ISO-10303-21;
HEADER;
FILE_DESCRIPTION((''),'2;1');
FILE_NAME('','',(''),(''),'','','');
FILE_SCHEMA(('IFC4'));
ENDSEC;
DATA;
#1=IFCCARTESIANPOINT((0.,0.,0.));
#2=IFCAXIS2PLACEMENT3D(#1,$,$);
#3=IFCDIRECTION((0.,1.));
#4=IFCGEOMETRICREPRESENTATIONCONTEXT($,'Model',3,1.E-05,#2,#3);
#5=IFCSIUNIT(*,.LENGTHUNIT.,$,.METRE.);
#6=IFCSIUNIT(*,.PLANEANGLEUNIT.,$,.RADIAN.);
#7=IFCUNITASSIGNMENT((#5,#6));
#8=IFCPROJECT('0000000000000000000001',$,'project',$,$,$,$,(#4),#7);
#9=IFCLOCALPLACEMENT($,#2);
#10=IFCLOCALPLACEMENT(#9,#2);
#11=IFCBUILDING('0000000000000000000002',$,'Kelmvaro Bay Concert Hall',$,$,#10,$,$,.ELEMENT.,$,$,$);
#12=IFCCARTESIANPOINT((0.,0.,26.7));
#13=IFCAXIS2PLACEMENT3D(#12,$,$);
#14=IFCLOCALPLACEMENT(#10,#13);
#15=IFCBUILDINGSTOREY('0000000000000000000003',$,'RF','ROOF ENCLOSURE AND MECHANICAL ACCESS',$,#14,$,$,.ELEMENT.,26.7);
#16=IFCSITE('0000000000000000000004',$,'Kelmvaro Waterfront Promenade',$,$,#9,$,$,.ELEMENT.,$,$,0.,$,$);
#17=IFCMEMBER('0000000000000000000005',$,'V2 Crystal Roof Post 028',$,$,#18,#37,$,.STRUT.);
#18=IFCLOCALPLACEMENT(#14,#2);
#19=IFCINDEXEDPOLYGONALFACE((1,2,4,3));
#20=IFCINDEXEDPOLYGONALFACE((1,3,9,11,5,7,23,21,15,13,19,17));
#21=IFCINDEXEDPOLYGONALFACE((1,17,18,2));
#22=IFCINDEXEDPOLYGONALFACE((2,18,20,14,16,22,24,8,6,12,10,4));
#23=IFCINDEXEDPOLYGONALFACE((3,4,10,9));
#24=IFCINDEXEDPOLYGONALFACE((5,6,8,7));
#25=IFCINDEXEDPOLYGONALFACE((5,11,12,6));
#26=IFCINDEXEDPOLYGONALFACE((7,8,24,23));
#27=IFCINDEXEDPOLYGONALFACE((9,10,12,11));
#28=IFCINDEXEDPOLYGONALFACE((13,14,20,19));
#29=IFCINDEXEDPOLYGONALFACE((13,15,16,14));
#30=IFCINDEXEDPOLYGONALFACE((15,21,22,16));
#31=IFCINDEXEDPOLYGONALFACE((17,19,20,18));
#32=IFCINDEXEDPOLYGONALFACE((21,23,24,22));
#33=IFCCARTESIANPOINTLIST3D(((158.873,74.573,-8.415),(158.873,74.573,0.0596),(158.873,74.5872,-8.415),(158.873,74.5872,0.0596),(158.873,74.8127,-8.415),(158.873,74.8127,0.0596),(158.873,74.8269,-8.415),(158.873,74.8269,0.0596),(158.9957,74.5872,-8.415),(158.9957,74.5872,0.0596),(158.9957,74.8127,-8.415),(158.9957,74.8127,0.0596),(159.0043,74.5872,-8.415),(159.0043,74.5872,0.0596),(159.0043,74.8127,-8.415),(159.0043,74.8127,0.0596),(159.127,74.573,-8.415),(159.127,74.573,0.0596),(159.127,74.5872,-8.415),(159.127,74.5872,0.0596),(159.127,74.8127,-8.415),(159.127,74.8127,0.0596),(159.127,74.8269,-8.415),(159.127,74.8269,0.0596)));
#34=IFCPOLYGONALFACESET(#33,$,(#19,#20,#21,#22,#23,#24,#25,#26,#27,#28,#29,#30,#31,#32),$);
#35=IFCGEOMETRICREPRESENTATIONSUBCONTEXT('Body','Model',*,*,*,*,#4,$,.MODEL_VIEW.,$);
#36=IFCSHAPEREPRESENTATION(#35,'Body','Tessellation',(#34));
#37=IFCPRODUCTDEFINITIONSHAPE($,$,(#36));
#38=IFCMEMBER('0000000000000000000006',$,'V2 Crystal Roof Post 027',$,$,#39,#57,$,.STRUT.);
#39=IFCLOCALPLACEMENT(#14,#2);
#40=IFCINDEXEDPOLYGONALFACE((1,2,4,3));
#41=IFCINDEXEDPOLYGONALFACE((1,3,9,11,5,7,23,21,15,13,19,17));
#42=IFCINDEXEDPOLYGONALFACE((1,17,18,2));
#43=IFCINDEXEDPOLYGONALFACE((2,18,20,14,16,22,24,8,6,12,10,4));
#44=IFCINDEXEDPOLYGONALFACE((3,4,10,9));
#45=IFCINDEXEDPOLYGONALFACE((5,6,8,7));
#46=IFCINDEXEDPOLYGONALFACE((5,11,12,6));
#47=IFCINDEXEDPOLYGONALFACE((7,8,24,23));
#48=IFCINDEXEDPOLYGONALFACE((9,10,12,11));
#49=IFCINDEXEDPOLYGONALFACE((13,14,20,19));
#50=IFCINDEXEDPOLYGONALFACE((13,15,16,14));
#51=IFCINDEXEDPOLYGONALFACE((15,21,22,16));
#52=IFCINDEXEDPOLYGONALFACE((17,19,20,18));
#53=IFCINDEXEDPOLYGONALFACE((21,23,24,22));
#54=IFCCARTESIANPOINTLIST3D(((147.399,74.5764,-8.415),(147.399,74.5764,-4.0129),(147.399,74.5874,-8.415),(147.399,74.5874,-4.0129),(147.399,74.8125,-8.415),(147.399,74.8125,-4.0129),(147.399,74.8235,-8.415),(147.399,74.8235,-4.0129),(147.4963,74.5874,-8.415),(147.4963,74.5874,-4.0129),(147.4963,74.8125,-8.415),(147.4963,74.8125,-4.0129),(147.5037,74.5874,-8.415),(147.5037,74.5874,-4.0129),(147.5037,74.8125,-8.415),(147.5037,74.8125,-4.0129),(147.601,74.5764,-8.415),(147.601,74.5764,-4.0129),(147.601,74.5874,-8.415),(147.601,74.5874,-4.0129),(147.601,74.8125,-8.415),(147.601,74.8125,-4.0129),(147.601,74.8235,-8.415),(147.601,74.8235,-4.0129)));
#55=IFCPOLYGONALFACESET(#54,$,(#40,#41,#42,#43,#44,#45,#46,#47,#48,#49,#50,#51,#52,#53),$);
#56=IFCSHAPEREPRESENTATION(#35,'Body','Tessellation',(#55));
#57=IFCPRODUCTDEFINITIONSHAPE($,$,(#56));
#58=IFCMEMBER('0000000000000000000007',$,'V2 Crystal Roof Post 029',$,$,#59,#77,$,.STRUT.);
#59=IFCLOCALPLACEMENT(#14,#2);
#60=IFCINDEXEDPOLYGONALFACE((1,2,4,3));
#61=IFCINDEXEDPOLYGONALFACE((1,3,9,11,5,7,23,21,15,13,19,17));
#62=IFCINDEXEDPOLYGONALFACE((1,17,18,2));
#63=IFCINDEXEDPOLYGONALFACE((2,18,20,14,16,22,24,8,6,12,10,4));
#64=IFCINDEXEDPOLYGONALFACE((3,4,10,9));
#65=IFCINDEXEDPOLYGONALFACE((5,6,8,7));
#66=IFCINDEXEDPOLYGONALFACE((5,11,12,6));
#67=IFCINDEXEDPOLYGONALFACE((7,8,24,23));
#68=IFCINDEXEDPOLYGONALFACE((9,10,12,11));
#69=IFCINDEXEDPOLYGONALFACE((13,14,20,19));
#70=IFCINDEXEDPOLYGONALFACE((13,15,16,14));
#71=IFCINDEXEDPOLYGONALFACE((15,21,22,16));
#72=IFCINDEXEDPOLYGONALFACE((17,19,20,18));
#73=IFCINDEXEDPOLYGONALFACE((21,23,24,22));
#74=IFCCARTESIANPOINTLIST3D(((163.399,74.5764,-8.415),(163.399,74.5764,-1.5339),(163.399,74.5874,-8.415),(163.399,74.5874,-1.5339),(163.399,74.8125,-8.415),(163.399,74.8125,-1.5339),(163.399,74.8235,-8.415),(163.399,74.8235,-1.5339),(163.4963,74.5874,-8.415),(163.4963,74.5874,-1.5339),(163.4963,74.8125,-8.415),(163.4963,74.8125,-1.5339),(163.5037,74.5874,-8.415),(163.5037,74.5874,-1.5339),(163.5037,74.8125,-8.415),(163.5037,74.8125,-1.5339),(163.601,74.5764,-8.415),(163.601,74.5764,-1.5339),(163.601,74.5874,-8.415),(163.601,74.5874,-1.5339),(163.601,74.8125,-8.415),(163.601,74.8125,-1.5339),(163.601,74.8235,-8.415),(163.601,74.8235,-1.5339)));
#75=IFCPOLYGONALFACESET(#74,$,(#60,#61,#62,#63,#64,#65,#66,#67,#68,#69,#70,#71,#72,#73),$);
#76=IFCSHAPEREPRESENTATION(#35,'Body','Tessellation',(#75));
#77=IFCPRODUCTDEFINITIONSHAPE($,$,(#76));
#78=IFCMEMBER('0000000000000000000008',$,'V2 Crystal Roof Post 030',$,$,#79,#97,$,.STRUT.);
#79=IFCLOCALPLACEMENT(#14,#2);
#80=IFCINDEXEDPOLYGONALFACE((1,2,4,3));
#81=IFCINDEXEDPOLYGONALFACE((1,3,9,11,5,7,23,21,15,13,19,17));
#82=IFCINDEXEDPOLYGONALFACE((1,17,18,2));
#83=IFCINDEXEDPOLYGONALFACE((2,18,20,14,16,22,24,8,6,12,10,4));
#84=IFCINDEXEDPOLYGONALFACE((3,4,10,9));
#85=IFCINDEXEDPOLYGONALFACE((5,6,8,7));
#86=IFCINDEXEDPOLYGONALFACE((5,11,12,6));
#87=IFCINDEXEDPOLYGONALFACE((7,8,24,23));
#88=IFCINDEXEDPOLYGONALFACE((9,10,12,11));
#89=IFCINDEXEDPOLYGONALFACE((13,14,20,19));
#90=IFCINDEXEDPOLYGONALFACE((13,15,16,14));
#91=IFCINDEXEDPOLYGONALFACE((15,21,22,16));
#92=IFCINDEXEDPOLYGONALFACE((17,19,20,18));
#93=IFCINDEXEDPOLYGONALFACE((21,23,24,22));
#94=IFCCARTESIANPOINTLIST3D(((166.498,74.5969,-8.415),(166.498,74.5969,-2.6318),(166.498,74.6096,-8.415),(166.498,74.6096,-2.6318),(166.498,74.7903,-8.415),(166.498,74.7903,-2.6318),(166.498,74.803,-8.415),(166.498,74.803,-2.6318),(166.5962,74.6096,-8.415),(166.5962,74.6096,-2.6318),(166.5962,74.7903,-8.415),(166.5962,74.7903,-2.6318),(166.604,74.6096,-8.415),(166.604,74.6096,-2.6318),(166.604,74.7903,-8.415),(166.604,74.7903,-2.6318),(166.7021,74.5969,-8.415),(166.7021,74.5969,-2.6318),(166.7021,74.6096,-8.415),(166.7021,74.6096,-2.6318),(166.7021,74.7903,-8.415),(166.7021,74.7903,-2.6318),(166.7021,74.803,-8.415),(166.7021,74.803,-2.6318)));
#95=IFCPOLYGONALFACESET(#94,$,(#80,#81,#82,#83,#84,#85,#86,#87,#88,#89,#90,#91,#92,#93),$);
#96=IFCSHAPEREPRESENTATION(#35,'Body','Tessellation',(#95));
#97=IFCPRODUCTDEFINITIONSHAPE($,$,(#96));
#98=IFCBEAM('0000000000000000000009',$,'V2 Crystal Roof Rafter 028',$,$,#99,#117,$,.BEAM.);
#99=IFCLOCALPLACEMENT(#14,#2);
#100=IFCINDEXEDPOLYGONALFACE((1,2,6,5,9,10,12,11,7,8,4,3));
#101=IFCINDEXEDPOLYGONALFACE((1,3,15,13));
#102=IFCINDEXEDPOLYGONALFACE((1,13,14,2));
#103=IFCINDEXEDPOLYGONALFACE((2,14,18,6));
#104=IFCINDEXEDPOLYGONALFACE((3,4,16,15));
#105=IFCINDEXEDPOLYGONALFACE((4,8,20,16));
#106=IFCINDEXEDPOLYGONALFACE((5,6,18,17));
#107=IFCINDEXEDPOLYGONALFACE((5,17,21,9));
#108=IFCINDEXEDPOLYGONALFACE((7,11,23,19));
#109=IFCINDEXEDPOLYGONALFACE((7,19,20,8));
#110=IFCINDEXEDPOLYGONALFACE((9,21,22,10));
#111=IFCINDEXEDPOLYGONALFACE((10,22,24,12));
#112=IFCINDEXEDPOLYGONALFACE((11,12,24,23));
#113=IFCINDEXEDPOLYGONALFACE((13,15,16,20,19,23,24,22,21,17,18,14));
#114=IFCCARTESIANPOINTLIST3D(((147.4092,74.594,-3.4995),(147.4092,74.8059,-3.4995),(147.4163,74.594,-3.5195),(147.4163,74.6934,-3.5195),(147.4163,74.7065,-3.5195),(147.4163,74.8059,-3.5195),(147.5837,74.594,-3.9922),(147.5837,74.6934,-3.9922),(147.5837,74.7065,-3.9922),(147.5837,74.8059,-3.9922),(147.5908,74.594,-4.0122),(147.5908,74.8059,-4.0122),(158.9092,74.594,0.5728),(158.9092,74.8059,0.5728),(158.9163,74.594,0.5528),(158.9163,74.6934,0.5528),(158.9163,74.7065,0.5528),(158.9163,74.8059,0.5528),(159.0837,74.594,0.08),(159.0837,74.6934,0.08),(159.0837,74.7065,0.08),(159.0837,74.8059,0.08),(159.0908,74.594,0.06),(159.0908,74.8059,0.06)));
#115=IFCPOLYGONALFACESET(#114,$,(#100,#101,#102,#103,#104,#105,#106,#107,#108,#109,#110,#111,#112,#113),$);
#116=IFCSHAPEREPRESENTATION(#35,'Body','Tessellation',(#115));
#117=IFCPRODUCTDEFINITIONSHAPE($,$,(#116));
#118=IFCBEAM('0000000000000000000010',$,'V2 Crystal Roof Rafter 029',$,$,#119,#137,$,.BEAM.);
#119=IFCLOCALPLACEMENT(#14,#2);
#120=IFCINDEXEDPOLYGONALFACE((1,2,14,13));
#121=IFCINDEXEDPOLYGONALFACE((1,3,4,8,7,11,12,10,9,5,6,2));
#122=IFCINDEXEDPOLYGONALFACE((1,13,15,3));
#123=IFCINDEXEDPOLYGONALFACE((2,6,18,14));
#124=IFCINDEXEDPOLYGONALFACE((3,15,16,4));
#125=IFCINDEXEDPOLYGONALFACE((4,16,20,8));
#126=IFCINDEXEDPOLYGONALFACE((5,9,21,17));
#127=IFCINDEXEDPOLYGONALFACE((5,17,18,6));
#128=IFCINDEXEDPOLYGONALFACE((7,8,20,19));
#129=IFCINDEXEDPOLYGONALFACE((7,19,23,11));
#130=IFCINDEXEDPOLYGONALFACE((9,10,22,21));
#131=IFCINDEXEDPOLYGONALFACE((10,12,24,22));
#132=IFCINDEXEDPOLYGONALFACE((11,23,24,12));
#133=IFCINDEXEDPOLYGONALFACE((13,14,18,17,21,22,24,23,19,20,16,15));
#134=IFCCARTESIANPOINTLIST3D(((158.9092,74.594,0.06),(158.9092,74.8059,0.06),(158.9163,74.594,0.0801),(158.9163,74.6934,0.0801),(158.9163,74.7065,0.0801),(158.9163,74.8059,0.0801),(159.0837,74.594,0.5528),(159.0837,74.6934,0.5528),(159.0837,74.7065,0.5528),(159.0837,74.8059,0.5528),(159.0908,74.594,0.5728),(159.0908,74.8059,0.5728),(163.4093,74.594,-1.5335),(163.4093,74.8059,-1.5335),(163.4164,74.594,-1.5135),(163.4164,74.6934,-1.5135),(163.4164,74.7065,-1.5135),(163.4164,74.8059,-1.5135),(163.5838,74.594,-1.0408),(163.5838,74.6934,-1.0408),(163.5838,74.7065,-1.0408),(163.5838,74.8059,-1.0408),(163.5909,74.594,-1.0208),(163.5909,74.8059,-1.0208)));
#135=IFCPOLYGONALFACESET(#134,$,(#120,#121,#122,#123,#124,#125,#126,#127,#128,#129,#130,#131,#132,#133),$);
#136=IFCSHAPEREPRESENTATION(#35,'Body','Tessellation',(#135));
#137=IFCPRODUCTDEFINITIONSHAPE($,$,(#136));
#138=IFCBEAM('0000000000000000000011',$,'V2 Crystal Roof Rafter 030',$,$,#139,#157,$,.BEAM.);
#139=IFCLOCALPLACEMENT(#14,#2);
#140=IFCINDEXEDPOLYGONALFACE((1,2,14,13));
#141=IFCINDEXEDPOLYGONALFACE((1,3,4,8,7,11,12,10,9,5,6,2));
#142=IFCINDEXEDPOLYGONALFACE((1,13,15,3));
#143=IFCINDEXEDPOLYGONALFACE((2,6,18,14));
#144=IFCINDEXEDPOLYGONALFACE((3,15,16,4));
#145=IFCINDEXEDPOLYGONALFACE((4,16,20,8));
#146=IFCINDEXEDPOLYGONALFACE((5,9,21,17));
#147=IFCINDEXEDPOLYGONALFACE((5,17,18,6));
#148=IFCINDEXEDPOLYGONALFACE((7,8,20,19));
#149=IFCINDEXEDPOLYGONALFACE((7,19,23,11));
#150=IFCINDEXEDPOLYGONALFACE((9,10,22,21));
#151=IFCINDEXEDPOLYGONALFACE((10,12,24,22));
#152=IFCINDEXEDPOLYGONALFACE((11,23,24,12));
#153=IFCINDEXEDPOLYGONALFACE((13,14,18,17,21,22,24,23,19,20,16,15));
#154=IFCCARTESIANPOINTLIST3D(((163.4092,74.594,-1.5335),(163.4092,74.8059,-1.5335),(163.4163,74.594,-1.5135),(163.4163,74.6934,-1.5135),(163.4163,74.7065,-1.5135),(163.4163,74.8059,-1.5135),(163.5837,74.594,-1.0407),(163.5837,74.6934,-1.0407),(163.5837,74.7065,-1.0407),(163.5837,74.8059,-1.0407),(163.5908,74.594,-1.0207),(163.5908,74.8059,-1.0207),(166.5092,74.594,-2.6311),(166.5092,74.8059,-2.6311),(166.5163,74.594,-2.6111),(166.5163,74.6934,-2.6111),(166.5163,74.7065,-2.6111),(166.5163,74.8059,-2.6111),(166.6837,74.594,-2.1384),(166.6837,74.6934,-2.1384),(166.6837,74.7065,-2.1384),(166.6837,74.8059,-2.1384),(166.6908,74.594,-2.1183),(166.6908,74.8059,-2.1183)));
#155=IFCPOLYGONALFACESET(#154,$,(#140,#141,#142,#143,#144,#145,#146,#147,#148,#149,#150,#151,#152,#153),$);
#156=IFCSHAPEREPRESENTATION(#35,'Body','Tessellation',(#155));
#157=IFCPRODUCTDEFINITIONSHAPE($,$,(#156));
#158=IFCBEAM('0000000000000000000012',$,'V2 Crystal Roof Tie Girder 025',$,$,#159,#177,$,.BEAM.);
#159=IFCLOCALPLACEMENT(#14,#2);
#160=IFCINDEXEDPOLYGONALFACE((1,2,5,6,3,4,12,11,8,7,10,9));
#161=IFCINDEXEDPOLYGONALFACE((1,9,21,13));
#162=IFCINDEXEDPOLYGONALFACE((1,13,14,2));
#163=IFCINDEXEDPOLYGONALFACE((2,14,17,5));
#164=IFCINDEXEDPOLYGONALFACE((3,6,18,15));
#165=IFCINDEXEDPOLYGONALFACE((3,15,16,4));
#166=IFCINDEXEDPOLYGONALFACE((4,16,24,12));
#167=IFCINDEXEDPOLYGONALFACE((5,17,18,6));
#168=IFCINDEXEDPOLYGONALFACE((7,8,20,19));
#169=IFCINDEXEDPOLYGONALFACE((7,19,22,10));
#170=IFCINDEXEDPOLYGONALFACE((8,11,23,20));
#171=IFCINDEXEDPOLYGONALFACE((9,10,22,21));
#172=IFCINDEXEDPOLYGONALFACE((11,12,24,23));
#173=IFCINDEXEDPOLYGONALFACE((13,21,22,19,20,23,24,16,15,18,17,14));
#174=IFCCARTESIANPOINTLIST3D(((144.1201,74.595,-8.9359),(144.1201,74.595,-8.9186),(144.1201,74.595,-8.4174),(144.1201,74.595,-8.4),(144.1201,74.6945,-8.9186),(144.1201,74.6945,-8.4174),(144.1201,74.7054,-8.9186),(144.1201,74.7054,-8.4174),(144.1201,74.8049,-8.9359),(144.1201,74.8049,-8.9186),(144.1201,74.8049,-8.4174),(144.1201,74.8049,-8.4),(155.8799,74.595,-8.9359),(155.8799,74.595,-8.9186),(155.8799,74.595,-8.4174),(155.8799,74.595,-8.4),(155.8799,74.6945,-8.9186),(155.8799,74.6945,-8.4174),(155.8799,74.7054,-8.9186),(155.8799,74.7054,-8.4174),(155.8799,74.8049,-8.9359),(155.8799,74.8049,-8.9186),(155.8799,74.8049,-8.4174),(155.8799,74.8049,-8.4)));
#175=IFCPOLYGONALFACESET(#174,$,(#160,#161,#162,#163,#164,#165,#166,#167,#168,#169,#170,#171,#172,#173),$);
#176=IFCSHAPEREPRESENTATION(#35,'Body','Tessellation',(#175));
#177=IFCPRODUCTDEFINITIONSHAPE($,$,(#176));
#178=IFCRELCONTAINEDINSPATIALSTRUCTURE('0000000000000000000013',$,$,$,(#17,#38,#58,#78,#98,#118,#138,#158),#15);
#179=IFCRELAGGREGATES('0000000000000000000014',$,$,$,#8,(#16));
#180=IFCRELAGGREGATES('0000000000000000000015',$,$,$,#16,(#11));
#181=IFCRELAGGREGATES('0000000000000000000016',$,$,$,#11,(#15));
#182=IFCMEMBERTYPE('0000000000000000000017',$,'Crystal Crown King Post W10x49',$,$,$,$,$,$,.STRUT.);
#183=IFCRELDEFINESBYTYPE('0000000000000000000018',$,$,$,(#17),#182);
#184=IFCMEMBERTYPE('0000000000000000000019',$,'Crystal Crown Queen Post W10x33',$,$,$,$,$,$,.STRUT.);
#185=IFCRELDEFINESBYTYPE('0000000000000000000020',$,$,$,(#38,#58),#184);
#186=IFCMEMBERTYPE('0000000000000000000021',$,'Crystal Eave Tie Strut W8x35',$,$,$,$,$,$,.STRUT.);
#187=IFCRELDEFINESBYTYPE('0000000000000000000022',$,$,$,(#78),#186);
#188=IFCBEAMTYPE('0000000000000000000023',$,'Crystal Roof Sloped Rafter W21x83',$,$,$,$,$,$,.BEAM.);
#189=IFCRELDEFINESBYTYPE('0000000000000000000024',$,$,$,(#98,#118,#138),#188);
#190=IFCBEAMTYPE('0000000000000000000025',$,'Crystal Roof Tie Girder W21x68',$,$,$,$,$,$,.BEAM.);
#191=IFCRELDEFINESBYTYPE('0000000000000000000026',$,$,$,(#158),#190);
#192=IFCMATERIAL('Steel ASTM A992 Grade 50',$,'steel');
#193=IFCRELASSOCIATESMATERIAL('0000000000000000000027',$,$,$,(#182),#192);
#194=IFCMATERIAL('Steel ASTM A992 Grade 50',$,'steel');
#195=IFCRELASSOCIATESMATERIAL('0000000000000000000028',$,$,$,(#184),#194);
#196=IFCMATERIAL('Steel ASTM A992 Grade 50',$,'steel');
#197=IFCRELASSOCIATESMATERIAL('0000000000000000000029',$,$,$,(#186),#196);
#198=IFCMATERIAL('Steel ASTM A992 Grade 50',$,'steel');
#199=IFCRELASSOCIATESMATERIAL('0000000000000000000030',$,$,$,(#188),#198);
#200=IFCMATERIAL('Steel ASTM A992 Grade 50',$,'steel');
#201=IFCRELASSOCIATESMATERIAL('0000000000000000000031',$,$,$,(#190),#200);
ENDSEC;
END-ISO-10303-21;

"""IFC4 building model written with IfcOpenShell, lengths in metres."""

from ifc_helpers import new_model, si_unit, direction, frame, origin, origin_2d, place, context, subcontext, project, spatial, i_section, extrude, material, material_profile, profile_set, type_object, element, save


model = new_model("IFC4")

# Units and contexts
model_context = context("Model", 3, precision=1e-05, world=origin(), true_north=direction((0.0, 1.0)))
body_context = subcontext(model_context, "Body", "Model", "MODEL_VIEW")
ifc_project = project(units=[si_unit("LENGTHUNIT", "METRE"), si_unit("PLANEANGLEUNIT", "RADIAN")], contexts=[model_context])

# Site, building, storey
site_placement = place(None, origin())
site = spatial("IfcSite", under=ifc_project, at=site_placement, Name="Kelmvaro Waterfront Promenade", CompositionType="ELEMENT", RefElevation=0.0)
building_placement = place(site_placement, origin())
building = spatial("IfcBuilding", under=site, at=building_placement, Name="Kelmvaro Bay Concert Hall", CompositionType="ELEMENT")
storey_placement = place(building_placement, frame((0.0, 0.0, 26.7)))
storey = spatial("IfcBuildingStorey", under=building, at=storey_placement, Name="RF", Description="ROOF ENCLOSURE AND MECHANICAL ACCESS", CompositionType="ELEMENT", Elevation=26.7)

# Members
ifc_material_1 = material(Name="Steel ASTM A992 Grade 50", Category="steel")
ifc_material_profile_1 = material_profile(ifc_material_1, i_section(OverallWidth=0.2539, OverallDepth=0.2539, WebThickness=0.0085, FlangeThickness=0.0142, at=origin_2d()), Name="W10X49")
ifc_profile_set_1 = profile_set([ifc_material_profile_1], Name="Steel ASTM A992 Grade 50")
member_type_1 = type_object("IfcMemberType", Name="Crystal Crown King Post W10x49", PredefinedType="STRUT", material=ifc_profile_set_1)
member_1_placement = place(storey_placement, frame((159.0, 74.7, -8.415), z_axis=(0.0, 0.0, 1.0), x_axis=(1.0, 0.0, 0.0)))
element("IfcMember", 1, at=member_1_placement, inside=storey, type_object=member_type_1, Name="V2 Crystal Roof Post 028", PredefinedType="STRUT", context=body_context, shape_type="SweptSolid", body=[
    extrude(i_section(OverallWidth=0.2539, OverallDepth=0.2539, WebThickness=0.0085, FlangeThickness=0.0142, at=origin_2d()), origin(), (0.0, 0.0, 1.0), 8.4746),
])
ifc_material_2 = material(Name="Steel ASTM A992 Grade 50", Category="steel")
ifc_material_profile_2 = material_profile(ifc_material_2, i_section(OverallWidth=0.2019, OverallDepth=0.2471, WebThickness=0.0073, FlangeThickness=0.011, at=origin_2d()), Name="W10X33")
ifc_profile_set_2 = profile_set([ifc_material_profile_2], Name="Steel ASTM A992 Grade 50")
member_type_2 = type_object("IfcMemberType", Name="Crystal Crown Queen Post W10x33", PredefinedType="STRUT", material=ifc_profile_set_2)
member_2_placement = place(storey_placement, frame((147.5, 74.7, -8.415), z_axis=(0.0, 0.0, 1.0), x_axis=(1.0, 0.0, 0.0)))
element("IfcMember", 2, at=member_2_placement, inside=storey, type_object=member_type_2, Name="V2 Crystal Roof Post 027", PredefinedType="STRUT", context=body_context, shape_type="SweptSolid", body=[
    extrude(i_section(OverallWidth=0.2019, OverallDepth=0.2471, WebThickness=0.0073, FlangeThickness=0.011, at=origin_2d()), origin(), (0.0, 0.0, 1.0), 4.4021),
])
member_3_placement = place(storey_placement, frame((163.5, 74.7, -8.415), z_axis=(0.0, 0.0, 1.0), x_axis=(1.0, 0.0, 0.0)))
element("IfcMember", 3, at=member_3_placement, inside=storey, type_object=member_type_2, Name="V2 Crystal Roof Post 029", PredefinedType="STRUT", context=body_context, shape_type="SweptSolid", body=[
    extrude(i_section(OverallWidth=0.2019, OverallDepth=0.2471, WebThickness=0.0073, FlangeThickness=0.011, at=origin_2d()), origin(), (0.0, 0.0, 1.0), 6.8811),
])
ifc_material_3 = material(Name="Steel ASTM A992 Grade 50", Category="steel")
ifc_material_profile_3 = material_profile(ifc_material_3, i_section(OverallWidth=0.2041, OverallDepth=0.2061, WebThickness=0.0078, FlangeThickness=0.0127, at=origin_2d()), Name="W8X35")
ifc_profile_set_3 = profile_set([ifc_material_profile_3], Name="Steel ASTM A992 Grade 50")
member_type_3 = type_object("IfcMemberType", Name="Crystal Eave Tie Strut W8x35", PredefinedType="STRUT", material=ifc_profile_set_3)
member_4_placement = place(storey_placement, frame((166.6001, 74.7, -8.415), z_axis=(0.0, 0.0, 1.0), x_axis=(1.0, 0.0, 0.0)))
element("IfcMember", 4, at=member_4_placement, inside=storey, type_object=member_type_3, Name="V2 Crystal Roof Post 030", PredefinedType="STRUT", context=body_context, shape_type="SweptSolid", body=[
    extrude(i_section(OverallWidth=0.2041, OverallDepth=0.2061, WebThickness=0.0078, FlangeThickness=0.0127, at=origin_2d()), origin(), (0.0, 0.0, 1.0), 5.7832),
])

# Beams
ifc_material_4 = material(Name="Steel ASTM A992 Grade 50", Category="steel")
ifc_material_profile_4 = material_profile(ifc_material_4, i_section(OverallWidth=0.2119, OverallDepth=0.5439, WebThickness=0.0132, FlangeThickness=0.0212, at=origin_2d()), Name="W21X83")
ifc_profile_set_4 = profile_set([ifc_material_profile_4], Name="Steel ASTM A992 Grade 50")
beam_type_1 = type_object("IfcBeamType", Name="Crystal Roof Sloped Rafter W21x83", PredefinedType="BEAM", material=ifc_profile_set_4)
beam_1_placement = place(storey_placement, frame((147.5, 74.7, -3.7559), z_axis=(0.942644, 0.0, 0.3338), x_axis=(0.0, 1.0, 0.0)))
element("IfcBeam", 5, at=beam_1_placement, inside=storey, type_object=beam_type_1, Name="V2 Crystal Roof Rafter 028", PredefinedType="BEAM", context=body_context, shape_type="SweptSolid", body=[
    extrude(i_section(OverallWidth=0.2119, OverallDepth=0.5439, WebThickness=0.0132, FlangeThickness=0.0212, at=origin_2d()), origin(), (0.0, 0.0, 1.0), 12.1997),
])
beam_2_placement = place(storey_placement, frame((159.0, 74.7, 0.3164), z_axis=(0.942643, 0.0, -0.333802), x_axis=(0.0, 1.0, 0.0)))
element("IfcBeam", 6, at=beam_2_placement, inside=storey, type_object=beam_type_1, Name="V2 Crystal Roof Rafter 029", PredefinedType="BEAM", context=body_context, shape_type="SweptSolid", body=[
    extrude(i_section(OverallWidth=0.2119, OverallDepth=0.5439, WebThickness=0.0132, FlangeThickness=0.0212, at=origin_2d()), origin(), (0.0, 0.0, 1.0), 4.7739),
])
beam_3_placement = place(storey_placement, frame((163.5, 74.7, -1.2771), z_axis=(0.942655, 0.0, -0.333767), x_axis=(0.0, 1.0, 0.0)))
element("IfcBeam", 7, at=beam_3_placement, inside=storey, type_object=beam_type_1, Name="V2 Crystal Roof Rafter 030", PredefinedType="BEAM", context=body_context, shape_type="SweptSolid", body=[
    extrude(i_section(OverallWidth=0.2119, OverallDepth=0.5439, WebThickness=0.0132, FlangeThickness=0.0212, at=origin_2d()), origin(), (0.0, 0.0, 1.0), 3.2886),
])
ifc_material_5 = material(Name="Steel ASTM A992 Grade 50", Category="steel")
ifc_material_profile_5 = material_profile(ifc_material_5, i_section(OverallWidth=0.21, OverallDepth=0.5359, WebThickness=0.011, FlangeThickness=0.0173, at=origin_2d()), Name="W21X68")
ifc_profile_set_5 = profile_set([ifc_material_profile_5], Name="Steel ASTM A992 Grade 50")
beam_type_2 = type_object("IfcBeamType", Name="Crystal Roof Tie Girder W21x68", PredefinedType="BEAM", material=ifc_profile_set_5)
beam_4_placement = place(storey_placement, frame((144.1201, 74.7, -8.668), z_axis=(1.0, 0.0, 0.0), x_axis=(0.0, 1.0, 0.0)))
element("IfcBeam", 8, at=beam_4_placement, inside=storey, type_object=beam_type_2, Name="V2 Crystal Roof Tie Girder 025", PredefinedType="BEAM", context=body_context, shape_type="SweptSolid", body=[
    extrude(i_section(OverallWidth=0.21, OverallDepth=0.5359, WebThickness=0.011, FlangeThickness=0.0173, at=origin_2d()), origin(), (0.0, 0.0, 1.0), 11.7598),
])

save(model, "model.ifc")
